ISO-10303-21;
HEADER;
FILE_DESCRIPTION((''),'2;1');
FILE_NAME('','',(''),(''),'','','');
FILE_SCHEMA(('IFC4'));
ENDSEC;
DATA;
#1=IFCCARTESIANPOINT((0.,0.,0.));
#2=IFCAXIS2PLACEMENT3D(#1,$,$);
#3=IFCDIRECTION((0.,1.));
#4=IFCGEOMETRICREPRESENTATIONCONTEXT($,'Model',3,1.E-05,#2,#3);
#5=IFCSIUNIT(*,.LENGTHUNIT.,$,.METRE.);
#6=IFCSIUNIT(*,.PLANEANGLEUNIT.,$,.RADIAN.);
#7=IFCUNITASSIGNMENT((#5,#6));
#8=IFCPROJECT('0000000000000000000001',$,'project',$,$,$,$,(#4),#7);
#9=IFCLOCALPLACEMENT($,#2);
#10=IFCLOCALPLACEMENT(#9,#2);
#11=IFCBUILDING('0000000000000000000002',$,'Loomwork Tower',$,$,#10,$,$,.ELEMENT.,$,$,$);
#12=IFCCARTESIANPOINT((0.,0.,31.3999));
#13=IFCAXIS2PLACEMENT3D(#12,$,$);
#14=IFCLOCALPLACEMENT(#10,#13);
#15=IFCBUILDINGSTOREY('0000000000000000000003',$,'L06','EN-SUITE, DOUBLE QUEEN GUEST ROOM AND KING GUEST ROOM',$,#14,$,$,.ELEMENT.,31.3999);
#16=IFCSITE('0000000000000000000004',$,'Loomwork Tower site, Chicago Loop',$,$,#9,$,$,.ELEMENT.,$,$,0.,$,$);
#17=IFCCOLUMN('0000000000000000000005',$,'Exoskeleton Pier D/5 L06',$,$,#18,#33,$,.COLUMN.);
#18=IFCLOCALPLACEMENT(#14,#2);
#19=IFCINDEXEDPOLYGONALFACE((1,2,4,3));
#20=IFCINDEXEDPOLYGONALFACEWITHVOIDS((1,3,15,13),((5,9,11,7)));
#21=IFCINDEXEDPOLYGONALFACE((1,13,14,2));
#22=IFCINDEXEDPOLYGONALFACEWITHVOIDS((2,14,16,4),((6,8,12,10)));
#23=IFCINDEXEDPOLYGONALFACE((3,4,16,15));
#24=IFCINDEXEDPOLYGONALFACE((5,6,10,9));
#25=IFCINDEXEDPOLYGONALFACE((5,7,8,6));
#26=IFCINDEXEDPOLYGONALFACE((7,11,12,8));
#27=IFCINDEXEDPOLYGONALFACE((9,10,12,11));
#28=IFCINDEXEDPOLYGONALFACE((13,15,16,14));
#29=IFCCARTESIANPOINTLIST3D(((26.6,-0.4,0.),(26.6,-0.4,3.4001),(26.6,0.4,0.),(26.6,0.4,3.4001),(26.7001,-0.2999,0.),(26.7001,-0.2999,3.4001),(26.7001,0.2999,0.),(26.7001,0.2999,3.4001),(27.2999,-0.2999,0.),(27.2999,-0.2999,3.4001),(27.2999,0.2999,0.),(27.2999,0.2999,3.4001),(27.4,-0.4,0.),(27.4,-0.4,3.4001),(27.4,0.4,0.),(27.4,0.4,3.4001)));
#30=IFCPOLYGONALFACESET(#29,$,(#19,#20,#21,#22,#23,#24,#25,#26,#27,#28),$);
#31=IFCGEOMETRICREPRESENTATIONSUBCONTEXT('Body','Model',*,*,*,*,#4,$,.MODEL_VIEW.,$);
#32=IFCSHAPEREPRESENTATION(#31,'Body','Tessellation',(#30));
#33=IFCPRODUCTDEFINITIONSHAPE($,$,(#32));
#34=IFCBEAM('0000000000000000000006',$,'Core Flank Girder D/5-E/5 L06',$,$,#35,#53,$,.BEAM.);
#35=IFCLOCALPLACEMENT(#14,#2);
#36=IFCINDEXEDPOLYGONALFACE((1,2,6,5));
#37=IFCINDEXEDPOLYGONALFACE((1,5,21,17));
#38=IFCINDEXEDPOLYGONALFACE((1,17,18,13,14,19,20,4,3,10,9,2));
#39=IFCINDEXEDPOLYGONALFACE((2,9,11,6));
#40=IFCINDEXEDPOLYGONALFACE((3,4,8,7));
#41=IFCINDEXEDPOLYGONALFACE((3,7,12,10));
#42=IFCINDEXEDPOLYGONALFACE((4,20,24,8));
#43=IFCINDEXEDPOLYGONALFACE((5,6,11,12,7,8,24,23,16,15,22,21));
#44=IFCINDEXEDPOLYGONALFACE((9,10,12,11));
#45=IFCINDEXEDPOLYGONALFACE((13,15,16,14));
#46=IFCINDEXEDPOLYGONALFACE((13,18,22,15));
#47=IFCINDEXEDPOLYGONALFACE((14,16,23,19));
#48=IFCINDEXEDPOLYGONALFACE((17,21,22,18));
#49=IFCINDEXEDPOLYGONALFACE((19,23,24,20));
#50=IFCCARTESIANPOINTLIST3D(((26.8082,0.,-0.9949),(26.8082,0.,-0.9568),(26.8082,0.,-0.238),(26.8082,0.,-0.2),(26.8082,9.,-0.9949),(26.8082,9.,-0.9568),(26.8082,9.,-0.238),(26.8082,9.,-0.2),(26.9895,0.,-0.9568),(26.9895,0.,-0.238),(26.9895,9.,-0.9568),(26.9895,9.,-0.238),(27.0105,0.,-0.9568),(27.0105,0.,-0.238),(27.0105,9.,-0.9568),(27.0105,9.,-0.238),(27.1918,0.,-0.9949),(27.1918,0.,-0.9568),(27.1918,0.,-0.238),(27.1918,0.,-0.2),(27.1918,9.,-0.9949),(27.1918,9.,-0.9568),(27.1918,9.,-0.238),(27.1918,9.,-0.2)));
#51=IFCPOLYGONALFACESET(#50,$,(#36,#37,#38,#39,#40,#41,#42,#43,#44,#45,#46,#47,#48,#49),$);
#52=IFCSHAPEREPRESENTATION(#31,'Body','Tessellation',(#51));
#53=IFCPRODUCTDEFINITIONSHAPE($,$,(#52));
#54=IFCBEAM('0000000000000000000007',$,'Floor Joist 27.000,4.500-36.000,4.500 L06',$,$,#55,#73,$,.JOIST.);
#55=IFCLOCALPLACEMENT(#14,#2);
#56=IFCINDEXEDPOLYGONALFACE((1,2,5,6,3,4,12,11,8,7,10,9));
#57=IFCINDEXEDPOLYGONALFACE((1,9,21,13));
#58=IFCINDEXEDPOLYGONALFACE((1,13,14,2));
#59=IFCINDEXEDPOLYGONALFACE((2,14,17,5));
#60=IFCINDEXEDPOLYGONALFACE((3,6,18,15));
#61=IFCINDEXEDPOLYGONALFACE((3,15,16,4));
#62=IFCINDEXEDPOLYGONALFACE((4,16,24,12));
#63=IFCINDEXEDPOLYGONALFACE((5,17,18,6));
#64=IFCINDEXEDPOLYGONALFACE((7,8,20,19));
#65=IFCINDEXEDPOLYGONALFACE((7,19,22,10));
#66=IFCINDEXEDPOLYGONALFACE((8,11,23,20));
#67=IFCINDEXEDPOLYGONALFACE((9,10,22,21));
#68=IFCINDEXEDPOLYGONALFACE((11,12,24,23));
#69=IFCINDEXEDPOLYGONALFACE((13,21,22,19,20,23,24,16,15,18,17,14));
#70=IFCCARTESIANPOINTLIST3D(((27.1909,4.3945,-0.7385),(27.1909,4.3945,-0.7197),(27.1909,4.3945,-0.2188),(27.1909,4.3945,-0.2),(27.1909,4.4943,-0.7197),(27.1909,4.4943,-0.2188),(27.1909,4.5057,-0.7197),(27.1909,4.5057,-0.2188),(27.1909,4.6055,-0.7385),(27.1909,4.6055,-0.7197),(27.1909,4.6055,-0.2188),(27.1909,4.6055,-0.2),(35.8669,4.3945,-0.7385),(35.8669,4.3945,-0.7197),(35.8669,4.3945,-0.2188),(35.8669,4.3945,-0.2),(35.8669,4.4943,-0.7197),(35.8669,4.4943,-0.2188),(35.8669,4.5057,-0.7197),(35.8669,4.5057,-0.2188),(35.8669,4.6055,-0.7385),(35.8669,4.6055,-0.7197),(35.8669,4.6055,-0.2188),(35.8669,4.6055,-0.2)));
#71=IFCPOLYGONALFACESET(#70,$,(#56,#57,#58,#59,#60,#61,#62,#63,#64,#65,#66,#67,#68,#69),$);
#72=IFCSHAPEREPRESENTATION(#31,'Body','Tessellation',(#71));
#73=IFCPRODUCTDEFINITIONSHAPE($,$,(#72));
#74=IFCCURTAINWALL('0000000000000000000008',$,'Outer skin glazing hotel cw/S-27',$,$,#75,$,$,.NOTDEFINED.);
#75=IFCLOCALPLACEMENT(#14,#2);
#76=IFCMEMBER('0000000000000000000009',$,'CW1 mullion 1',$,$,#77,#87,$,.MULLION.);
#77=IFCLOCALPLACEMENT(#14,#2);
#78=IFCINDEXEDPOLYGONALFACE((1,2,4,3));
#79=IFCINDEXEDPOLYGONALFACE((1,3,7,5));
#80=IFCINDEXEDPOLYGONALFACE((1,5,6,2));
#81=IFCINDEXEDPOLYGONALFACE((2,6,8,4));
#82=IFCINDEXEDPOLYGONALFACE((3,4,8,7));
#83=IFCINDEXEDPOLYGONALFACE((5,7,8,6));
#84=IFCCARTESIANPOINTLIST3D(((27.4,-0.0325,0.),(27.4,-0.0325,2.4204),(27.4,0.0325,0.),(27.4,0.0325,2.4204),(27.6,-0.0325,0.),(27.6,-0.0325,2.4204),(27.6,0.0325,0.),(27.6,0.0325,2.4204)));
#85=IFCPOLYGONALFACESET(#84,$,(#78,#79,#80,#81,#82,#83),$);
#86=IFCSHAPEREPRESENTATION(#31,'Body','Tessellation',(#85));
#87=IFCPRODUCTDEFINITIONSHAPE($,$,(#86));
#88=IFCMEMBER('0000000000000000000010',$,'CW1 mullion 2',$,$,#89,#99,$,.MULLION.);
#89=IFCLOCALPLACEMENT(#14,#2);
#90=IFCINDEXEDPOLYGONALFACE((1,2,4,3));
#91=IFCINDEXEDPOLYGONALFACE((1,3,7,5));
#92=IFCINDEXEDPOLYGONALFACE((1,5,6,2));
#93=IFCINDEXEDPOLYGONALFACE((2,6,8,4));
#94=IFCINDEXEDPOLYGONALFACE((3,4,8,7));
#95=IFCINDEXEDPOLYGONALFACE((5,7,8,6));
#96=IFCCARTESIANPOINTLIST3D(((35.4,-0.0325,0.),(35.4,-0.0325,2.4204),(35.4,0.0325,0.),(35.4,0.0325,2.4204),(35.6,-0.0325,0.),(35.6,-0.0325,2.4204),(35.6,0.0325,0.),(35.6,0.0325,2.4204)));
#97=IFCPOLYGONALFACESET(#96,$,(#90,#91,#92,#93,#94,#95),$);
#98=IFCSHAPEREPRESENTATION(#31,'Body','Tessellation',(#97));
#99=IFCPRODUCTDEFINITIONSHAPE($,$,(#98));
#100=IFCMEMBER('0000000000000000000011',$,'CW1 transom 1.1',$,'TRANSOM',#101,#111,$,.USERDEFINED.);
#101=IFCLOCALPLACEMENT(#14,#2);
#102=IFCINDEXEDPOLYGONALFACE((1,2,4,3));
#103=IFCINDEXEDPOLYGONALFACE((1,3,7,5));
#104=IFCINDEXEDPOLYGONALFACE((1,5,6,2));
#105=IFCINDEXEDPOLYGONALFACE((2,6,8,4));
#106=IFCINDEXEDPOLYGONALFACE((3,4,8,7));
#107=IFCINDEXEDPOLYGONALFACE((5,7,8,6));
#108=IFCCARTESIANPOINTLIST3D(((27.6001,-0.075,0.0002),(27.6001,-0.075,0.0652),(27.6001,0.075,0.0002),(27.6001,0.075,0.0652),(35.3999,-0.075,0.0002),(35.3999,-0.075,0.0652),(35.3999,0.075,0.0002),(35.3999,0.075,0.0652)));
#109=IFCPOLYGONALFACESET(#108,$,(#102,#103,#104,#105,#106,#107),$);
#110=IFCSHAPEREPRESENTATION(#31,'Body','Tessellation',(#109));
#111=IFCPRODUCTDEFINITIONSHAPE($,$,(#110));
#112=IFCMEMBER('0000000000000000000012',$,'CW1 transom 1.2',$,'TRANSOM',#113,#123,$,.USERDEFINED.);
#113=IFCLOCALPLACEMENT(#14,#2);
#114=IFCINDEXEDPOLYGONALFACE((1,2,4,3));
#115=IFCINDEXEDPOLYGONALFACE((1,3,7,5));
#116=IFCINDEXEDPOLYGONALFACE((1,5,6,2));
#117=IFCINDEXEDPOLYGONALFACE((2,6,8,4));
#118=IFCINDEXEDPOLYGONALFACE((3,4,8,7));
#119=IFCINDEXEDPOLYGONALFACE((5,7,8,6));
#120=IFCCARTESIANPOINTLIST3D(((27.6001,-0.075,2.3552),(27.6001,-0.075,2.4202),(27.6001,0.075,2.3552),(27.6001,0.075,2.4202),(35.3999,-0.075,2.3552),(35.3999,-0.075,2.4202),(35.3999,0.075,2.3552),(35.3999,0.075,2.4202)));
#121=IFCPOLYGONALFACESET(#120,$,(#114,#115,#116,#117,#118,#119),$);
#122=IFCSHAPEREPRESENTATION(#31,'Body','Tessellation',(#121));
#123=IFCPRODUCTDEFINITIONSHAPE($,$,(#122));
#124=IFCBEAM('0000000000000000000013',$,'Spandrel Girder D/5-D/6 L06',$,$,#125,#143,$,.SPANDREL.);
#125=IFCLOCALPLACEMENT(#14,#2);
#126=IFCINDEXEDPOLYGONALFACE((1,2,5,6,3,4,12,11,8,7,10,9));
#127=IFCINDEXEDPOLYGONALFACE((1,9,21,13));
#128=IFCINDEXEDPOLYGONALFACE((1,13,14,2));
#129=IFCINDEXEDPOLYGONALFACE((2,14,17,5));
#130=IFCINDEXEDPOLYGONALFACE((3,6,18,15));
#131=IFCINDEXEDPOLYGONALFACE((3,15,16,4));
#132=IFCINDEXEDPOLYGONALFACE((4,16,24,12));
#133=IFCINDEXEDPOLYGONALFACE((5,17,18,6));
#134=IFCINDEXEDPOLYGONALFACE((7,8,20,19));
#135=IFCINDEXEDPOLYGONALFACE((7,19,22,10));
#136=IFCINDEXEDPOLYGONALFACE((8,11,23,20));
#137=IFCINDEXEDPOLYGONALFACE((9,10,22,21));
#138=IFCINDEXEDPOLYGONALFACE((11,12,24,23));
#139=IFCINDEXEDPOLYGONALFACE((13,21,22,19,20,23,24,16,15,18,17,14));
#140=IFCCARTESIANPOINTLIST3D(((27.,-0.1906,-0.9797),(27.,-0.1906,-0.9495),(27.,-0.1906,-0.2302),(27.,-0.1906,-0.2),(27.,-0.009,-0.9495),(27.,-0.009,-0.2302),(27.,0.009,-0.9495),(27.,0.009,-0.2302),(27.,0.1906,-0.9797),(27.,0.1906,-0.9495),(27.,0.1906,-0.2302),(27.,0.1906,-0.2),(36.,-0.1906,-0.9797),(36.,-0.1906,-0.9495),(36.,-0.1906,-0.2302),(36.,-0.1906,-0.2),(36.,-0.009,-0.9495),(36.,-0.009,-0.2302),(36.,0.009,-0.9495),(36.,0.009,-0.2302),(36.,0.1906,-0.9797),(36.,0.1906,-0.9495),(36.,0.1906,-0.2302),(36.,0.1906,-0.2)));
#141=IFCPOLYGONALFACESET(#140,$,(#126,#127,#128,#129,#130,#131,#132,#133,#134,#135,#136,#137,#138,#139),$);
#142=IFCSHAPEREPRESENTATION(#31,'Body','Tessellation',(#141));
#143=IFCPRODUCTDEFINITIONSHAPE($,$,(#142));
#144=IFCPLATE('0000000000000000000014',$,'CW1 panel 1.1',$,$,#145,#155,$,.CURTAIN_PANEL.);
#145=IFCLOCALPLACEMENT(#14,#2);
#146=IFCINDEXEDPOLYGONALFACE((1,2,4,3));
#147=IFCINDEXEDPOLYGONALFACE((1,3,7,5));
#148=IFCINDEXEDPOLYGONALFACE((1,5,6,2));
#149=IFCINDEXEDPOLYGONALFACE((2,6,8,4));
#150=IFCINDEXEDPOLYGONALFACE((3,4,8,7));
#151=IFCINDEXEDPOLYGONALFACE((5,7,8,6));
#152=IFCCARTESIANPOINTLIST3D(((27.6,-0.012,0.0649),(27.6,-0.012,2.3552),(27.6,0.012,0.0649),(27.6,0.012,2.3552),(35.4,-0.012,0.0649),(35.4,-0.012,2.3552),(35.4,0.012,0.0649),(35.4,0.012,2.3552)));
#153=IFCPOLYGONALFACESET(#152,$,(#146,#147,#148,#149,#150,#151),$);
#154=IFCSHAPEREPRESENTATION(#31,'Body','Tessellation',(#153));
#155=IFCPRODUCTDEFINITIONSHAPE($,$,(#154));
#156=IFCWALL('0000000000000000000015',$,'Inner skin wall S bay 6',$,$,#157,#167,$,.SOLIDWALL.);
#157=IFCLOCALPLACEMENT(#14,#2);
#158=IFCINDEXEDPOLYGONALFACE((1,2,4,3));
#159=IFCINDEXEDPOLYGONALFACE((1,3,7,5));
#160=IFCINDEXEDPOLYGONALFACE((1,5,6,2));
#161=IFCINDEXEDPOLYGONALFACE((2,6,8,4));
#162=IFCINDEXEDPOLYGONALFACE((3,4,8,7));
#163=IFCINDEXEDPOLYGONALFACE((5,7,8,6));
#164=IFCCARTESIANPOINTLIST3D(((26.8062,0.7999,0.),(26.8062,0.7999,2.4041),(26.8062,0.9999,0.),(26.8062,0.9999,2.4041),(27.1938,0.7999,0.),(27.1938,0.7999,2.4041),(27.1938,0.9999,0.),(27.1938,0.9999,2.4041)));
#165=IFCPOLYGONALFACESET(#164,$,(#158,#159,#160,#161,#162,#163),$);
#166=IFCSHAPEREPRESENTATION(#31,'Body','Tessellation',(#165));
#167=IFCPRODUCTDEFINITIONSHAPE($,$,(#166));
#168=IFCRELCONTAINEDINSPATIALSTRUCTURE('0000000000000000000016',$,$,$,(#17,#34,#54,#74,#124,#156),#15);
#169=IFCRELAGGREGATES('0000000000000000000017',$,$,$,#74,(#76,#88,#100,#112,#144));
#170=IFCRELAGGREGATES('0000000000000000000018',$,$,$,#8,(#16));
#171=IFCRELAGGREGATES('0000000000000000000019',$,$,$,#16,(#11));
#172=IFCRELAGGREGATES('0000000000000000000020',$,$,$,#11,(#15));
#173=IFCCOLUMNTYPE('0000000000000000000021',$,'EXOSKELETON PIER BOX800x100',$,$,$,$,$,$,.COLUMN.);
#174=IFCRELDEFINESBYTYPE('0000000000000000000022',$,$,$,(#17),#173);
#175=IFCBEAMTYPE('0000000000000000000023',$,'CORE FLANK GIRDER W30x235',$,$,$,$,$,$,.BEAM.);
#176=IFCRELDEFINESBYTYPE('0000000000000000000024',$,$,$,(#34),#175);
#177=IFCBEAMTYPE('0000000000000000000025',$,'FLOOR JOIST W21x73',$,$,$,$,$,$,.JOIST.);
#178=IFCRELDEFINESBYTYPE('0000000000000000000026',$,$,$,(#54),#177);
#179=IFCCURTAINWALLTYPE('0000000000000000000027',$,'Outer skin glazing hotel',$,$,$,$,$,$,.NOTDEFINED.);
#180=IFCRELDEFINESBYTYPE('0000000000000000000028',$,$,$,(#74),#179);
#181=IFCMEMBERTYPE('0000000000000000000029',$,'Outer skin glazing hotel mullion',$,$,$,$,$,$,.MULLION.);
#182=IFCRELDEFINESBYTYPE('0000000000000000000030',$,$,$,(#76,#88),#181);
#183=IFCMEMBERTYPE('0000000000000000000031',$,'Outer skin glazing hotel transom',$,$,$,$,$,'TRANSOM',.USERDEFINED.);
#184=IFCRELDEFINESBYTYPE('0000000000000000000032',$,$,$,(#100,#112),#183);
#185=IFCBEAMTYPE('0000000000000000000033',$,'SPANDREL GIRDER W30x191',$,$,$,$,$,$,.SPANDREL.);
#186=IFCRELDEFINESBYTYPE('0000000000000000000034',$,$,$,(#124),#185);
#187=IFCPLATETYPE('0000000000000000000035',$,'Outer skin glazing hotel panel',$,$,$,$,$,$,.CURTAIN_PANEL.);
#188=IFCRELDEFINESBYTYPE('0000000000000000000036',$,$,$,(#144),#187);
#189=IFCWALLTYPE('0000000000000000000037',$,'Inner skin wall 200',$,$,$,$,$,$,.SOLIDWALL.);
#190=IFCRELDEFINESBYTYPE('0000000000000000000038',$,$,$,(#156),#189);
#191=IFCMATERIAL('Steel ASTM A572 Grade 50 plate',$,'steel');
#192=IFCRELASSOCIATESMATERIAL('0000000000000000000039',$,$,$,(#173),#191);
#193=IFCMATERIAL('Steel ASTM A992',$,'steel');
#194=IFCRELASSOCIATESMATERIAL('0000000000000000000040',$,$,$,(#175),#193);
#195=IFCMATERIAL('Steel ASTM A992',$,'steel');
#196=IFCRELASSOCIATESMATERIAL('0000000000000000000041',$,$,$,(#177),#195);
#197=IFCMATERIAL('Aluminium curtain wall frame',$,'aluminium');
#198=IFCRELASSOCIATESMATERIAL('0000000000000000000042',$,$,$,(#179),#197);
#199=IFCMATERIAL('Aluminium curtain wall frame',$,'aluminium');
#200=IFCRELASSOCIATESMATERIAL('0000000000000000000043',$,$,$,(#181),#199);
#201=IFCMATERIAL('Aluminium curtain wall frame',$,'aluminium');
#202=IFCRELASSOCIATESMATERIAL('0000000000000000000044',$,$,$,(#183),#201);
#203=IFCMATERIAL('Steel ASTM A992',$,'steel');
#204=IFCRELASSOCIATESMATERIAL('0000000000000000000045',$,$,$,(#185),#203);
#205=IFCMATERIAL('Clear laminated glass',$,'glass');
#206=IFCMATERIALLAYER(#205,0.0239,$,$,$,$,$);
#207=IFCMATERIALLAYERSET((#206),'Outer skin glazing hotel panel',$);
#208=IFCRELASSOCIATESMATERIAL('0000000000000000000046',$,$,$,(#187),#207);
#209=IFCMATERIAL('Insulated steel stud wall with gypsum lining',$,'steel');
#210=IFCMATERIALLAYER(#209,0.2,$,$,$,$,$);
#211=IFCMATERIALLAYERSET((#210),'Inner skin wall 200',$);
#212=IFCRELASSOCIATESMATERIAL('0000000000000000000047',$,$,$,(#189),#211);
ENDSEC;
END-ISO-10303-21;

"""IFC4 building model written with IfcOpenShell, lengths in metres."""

from ifc_helpers import new_model, si_unit, direction, frame, frame_2d, origin, origin_2d, place, context, subcontext, project, spatial, rectangle, hollow_rectangle, i_section, extrude, material, layer, layer_set, material_profile, profile_set, type_object, element, aggregate, save


model = new_model("IFC4")

# Units and contexts
model_context = context("Model", 3, precision=1e-05, world=origin(), true_north=direction((0.0, 1.0)))
body_context = subcontext(model_context, "Body", "Model", "MODEL_VIEW")
ifc_project = project(units=[si_unit("LENGTHUNIT", "METRE"), si_unit("PLANEANGLEUNIT", "RADIAN")], contexts=[model_context])

# Site, building, storey
site_placement = place(None, origin())
site = spatial("IfcSite", under=ifc_project, at=site_placement, Name="Loomwork Tower site, Chicago Loop", CompositionType="ELEMENT", RefElevation=0.0)
building_placement = place(site_placement, origin())
building = spatial("IfcBuilding", under=site, at=building_placement, Name="Loomwork Tower", CompositionType="ELEMENT")
storey_placement = place(building_placement, frame((0.0, 0.0, 31.3999)))
storey = spatial("IfcBuildingStorey", under=building, at=storey_placement, Name="L06", Description="EN-SUITE, DOUBLE QUEEN GUEST ROOM AND KING GUEST ROOM", CompositionType="ELEMENT", Elevation=31.3999)

# Column
ifc_material_1 = material(Name="Steel ASTM A572 Grade 50 plate", Category="steel")
ifc_material_profile_1 = material_profile(ifc_material_1, hollow_rectangle(XDim=0.8, YDim=0.8, WallThickness=0.1001, at=origin_2d()), Name="BOX800x100")
ifc_profile_set_1 = profile_set([ifc_material_profile_1], Name="Steel ASTM A572 Grade 50 plate")
column_type = type_object("IfcColumnType", Name="EXOSKELETON PIER BOX800x100", PredefinedType="COLUMN", material=ifc_profile_set_1)
column_placement = place(storey_placement, frame((27.0, 0.0, 0.0), z_axis=(0.0, 0.0, 1.0), x_axis=(1.0, 0.0, 0.0)))
element("IfcColumn", 1, at=column_placement, inside=storey, type_object=column_type, Name="Exoskeleton Pier D/5 L06", PredefinedType="COLUMN", context=body_context, shape_type="SweptSolid", body=[
    extrude(hollow_rectangle(XDim=0.8, YDim=0.8, WallThickness=0.1001, at=origin_2d()), origin(), (0.0, 0.0, 1.0), 3.4001),
])

# Beams
ifc_material_2 = material(Name="Steel ASTM A992", Category="steel")
ifc_material_profile_2 = material_profile(ifc_material_2, i_section(OverallWidth=0.3835, OverallDepth=0.7949, WebThickness=0.021, FlangeThickness=0.0381, at=origin_2d()), Name="W30x235")
ifc_profile_set_2 = profile_set([ifc_material_profile_2], Name="Steel ASTM A992")
beam_type_1 = type_object("IfcBeamType", Name="CORE FLANK GIRDER W30x235", PredefinedType="BEAM", material=ifc_profile_set_2)
beam_1_placement = place(storey_placement, frame((27.0, 0.0, -0.5974), z_axis=(0.0, 1.0, 0.0), x_axis=(-1.0, 0.0, 0.0)))
element("IfcBeam", 2, at=beam_1_placement, inside=storey, type_object=beam_type_1, Name="Core Flank Girder D/5-E/5 L06", PredefinedType="BEAM", context=body_context, shape_type="SweptSolid", body=[
    extrude(i_section(OverallWidth=0.3835, OverallDepth=0.7949, WebThickness=0.021, FlangeThickness=0.0381, at=origin_2d()), origin(), (0.0, 0.0, 1.0), 9.0),
])
ifc_material_3 = material(Name="Steel ASTM A992", Category="steel")
ifc_material_profile_3 = material_profile(ifc_material_3, i_section(OverallWidth=0.2109, OverallDepth=0.5386, WebThickness=0.0115, FlangeThickness=0.0188, at=origin_2d()), Name="W21x73")
ifc_profile_set_3 = profile_set([ifc_material_profile_3], Name="Steel ASTM A992")
beam_type_2 = type_object("IfcBeamType", Name="FLOOR JOIST W21x73", PredefinedType="JOIST", material=ifc_profile_set_3)
beam_2_placement = place(storey_placement, frame((27.1909, 4.5, -0.4692), z_axis=(1.0, 0.0, 0.0), x_axis=(0.0, 1.0, 0.0)))
element("IfcBeam", 3, at=beam_2_placement, inside=storey, type_object=beam_type_2, Name="Floor Joist 27.000,4.500-36.000,4.500 L06", PredefinedType="JOIST", context=body_context, shape_type="SweptSolid", body=[
    extrude(i_section(OverallWidth=0.2109, OverallDepth=0.5386, WebThickness=0.0115, FlangeThickness=0.0188, at=origin_2d()), origin(), (0.0, 0.0, 1.0), 8.676),
])

# Curtain wall, members
ifc_material_4 = material(Name="Aluminium curtain wall frame", Category="aluminium")
curtain_wall_type = type_object("IfcCurtainWallType", Name="Outer skin glazing hotel", PredefinedType="NOTDEFINED", material=ifc_material_4)
curtain_wall_placement = place(storey_placement, origin())
curtain_wall = element("IfcCurtainWall", 4, at=curtain_wall_placement, inside=storey, type_object=curtain_wall_type, Name="Outer skin glazing hotel cw/S-27", PredefinedType="NOTDEFINED")
ifc_material_5 = material(Name="Aluminium curtain wall frame", Category="aluminium")
ifc_material_profile_4 = material_profile(ifc_material_5, rectangle(XDim=0.0649, YDim=0.2, at=origin_2d()), Name="AL 65x200")
ifc_profile_set_4 = profile_set([ifc_material_profile_4], Name="Aluminium curtain wall frame")
member_type_1 = type_object("IfcMemberType", Name="Outer skin glazing hotel mullion", PredefinedType="MULLION", material=ifc_profile_set_4)
member_1_placement = place(storey_placement, frame((27.5, 0.0, 0.0), z_axis=(0.0, 0.0, 1.0), x_axis=(0.0, 1.0, 0.0)))
member_1 = element("IfcMember", 5, at=member_1_placement, type_object=member_type_1, Name="CW1 mullion 1", PredefinedType="MULLION", context=body_context, shape_type="SweptSolid", body=[
    extrude(rectangle(XDim=0.0649, YDim=0.2, at=origin_2d()), origin(), (0.0, 0.0, 1.0), 2.4204),
])
member_2_placement = place(storey_placement, frame((35.5, 0.0, 0.0), z_axis=(0.0, 0.0, 1.0), x_axis=(0.0, 1.0, 0.0)))
member_2 = element("IfcMember", 6, at=member_2_placement, type_object=member_type_1, Name="CW1 mullion 2", PredefinedType="MULLION", context=body_context, shape_type="SweptSolid", body=[
    extrude(rectangle(XDim=0.0649, YDim=0.2, at=origin_2d()), origin(), (0.0, 0.0, 1.0), 2.4204),
])
ifc_material_6 = material(Name="Aluminium curtain wall frame", Category="aluminium")
ifc_material_profile_5 = material_profile(ifc_material_6, rectangle(XDim=0.1499, YDim=0.0649, at=origin_2d()), Name="AL 65x150")
ifc_profile_set_5 = profile_set([ifc_material_profile_5], Name="Aluminium curtain wall frame")
member_type_2 = type_object("IfcMemberType", Name="Outer skin glazing hotel transom", ElementType="TRANSOM", PredefinedType="USERDEFINED", material=ifc_profile_set_5)
member_3_placement = place(storey_placement, frame((27.6001, 0.0, 0.0327), z_axis=(1.0, 0.0, 0.0), x_axis=(0.0, 1.0, 0.0)))
member_3 = element("IfcMember", 7, at=member_3_placement, type_object=member_type_2, Name="CW1 transom 1.1", ObjectType="TRANSOM", PredefinedType="USERDEFINED", context=body_context, shape_type="SweptSolid", body=[
    extrude(rectangle(XDim=0.1499, YDim=0.0649, at=origin_2d()), origin(), (0.0, 0.0, 1.0), 7.7998),
])
member_4_placement = place(storey_placement, frame((27.6001, 0.0, 2.3877), z_axis=(1.0, 0.0, 0.0), x_axis=(0.0, 1.0, 0.0)))
member_4 = element("IfcMember", 8, at=member_4_placement, type_object=member_type_2, Name="CW1 transom 1.2", ObjectType="TRANSOM", PredefinedType="USERDEFINED", context=body_context, shape_type="SweptSolid", body=[
    extrude(rectangle(XDim=0.1499, YDim=0.0649, at=origin_2d()), origin(), (0.0, 0.0, 1.0), 7.7998),
])

# Beam
ifc_material_7 = material(Name="Steel ASTM A992", Category="steel")
ifc_material_profile_6 = material_profile(ifc_material_7, i_section(OverallWidth=0.3811, OverallDepth=0.7798, WebThickness=0.0181, FlangeThickness=0.0303, at=origin_2d()), Name="W30x191")
ifc_profile_set_6 = profile_set([ifc_material_profile_6], Name="Steel ASTM A992")
beam_type_3 = type_object("IfcBeamType", Name="SPANDREL GIRDER W30x191", PredefinedType="SPANDREL", material=ifc_profile_set_6)
beam_3_placement = place(storey_placement, frame((27.0, 0.0, -0.5898), z_axis=(1.0, 0.0, 0.0), x_axis=(0.0, 1.0, 0.0)))
element("IfcBeam", 9, at=beam_3_placement, inside=storey, type_object=beam_type_3, Name="Spandrel Girder D/5-D/6 L06", PredefinedType="SPANDREL", context=body_context, shape_type="SweptSolid", body=[
    extrude(i_section(OverallWidth=0.3811, OverallDepth=0.7798, WebThickness=0.0181, FlangeThickness=0.0303, at=origin_2d()), origin(), (0.0, 0.0, 1.0), 9.0),
])

# Plate
ifc_material_8 = material(Name="Clear laminated glass", Category="glass")
ifc_layer_1 = layer(ifc_material_8, 0.0239)
ifc_layer_set_1 = layer_set([ifc_layer_1], Name="Outer skin glazing hotel panel")
plate_type = type_object("IfcPlateType", Name="Outer skin glazing hotel panel", PredefinedType="CURTAIN_PANEL", material=ifc_layer_set_1)
plate_placement = place(storey_placement, frame((31.5, 0.0, 0.0649), z_axis=(0.0, 0.0, 1.0), x_axis=(1.0, 0.0, 0.0)))
plate = element("IfcPlate", 10, at=plate_placement, type_object=plate_type, Name="CW1 panel 1.1", PredefinedType="CURTAIN_PANEL", context=body_context, shape_type="SweptSolid", body=[
    extrude(rectangle(XDim=7.8, YDim=0.0239, at=origin_2d()), origin(), (0.0, 0.0, 1.0), 2.2903),
])
aggregate(curtain_wall, [member_1, member_2, member_3, member_4, plate])

# Wall
ifc_material_9 = material(Name="Insulated steel stud wall with gypsum lining", Category="steel")
ifc_layer_2 = layer(ifc_material_9, 0.2)
ifc_layer_set_2 = layer_set([ifc_layer_2], Name="Inner skin wall 200")
wall_type = type_object("IfcWallType", Name="Inner skin wall 200", PredefinedType="SOLIDWALL", material=ifc_layer_set_2)
wall_1_placement = place(storey_placement, frame((26.8062, 0.8999, 0.0), z_axis=(0.0, 0.0, 1.0), x_axis=(1.0, 0.0, 0.0)))
element("IfcWall", 11, at=wall_1_placement, inside=storey, type_object=wall_type, Name="Inner skin wall S bay 6", PredefinedType="SOLIDWALL", context=body_context, shape_type="SweptSolid", body=[
    extrude(rectangle(XDim=0.3877, YDim=0.2, at=frame_2d((0.1938, 0.0))), origin(), (0.0, 0.0, 1.0), 2.4041),
])

save(model, "model.ifc")
